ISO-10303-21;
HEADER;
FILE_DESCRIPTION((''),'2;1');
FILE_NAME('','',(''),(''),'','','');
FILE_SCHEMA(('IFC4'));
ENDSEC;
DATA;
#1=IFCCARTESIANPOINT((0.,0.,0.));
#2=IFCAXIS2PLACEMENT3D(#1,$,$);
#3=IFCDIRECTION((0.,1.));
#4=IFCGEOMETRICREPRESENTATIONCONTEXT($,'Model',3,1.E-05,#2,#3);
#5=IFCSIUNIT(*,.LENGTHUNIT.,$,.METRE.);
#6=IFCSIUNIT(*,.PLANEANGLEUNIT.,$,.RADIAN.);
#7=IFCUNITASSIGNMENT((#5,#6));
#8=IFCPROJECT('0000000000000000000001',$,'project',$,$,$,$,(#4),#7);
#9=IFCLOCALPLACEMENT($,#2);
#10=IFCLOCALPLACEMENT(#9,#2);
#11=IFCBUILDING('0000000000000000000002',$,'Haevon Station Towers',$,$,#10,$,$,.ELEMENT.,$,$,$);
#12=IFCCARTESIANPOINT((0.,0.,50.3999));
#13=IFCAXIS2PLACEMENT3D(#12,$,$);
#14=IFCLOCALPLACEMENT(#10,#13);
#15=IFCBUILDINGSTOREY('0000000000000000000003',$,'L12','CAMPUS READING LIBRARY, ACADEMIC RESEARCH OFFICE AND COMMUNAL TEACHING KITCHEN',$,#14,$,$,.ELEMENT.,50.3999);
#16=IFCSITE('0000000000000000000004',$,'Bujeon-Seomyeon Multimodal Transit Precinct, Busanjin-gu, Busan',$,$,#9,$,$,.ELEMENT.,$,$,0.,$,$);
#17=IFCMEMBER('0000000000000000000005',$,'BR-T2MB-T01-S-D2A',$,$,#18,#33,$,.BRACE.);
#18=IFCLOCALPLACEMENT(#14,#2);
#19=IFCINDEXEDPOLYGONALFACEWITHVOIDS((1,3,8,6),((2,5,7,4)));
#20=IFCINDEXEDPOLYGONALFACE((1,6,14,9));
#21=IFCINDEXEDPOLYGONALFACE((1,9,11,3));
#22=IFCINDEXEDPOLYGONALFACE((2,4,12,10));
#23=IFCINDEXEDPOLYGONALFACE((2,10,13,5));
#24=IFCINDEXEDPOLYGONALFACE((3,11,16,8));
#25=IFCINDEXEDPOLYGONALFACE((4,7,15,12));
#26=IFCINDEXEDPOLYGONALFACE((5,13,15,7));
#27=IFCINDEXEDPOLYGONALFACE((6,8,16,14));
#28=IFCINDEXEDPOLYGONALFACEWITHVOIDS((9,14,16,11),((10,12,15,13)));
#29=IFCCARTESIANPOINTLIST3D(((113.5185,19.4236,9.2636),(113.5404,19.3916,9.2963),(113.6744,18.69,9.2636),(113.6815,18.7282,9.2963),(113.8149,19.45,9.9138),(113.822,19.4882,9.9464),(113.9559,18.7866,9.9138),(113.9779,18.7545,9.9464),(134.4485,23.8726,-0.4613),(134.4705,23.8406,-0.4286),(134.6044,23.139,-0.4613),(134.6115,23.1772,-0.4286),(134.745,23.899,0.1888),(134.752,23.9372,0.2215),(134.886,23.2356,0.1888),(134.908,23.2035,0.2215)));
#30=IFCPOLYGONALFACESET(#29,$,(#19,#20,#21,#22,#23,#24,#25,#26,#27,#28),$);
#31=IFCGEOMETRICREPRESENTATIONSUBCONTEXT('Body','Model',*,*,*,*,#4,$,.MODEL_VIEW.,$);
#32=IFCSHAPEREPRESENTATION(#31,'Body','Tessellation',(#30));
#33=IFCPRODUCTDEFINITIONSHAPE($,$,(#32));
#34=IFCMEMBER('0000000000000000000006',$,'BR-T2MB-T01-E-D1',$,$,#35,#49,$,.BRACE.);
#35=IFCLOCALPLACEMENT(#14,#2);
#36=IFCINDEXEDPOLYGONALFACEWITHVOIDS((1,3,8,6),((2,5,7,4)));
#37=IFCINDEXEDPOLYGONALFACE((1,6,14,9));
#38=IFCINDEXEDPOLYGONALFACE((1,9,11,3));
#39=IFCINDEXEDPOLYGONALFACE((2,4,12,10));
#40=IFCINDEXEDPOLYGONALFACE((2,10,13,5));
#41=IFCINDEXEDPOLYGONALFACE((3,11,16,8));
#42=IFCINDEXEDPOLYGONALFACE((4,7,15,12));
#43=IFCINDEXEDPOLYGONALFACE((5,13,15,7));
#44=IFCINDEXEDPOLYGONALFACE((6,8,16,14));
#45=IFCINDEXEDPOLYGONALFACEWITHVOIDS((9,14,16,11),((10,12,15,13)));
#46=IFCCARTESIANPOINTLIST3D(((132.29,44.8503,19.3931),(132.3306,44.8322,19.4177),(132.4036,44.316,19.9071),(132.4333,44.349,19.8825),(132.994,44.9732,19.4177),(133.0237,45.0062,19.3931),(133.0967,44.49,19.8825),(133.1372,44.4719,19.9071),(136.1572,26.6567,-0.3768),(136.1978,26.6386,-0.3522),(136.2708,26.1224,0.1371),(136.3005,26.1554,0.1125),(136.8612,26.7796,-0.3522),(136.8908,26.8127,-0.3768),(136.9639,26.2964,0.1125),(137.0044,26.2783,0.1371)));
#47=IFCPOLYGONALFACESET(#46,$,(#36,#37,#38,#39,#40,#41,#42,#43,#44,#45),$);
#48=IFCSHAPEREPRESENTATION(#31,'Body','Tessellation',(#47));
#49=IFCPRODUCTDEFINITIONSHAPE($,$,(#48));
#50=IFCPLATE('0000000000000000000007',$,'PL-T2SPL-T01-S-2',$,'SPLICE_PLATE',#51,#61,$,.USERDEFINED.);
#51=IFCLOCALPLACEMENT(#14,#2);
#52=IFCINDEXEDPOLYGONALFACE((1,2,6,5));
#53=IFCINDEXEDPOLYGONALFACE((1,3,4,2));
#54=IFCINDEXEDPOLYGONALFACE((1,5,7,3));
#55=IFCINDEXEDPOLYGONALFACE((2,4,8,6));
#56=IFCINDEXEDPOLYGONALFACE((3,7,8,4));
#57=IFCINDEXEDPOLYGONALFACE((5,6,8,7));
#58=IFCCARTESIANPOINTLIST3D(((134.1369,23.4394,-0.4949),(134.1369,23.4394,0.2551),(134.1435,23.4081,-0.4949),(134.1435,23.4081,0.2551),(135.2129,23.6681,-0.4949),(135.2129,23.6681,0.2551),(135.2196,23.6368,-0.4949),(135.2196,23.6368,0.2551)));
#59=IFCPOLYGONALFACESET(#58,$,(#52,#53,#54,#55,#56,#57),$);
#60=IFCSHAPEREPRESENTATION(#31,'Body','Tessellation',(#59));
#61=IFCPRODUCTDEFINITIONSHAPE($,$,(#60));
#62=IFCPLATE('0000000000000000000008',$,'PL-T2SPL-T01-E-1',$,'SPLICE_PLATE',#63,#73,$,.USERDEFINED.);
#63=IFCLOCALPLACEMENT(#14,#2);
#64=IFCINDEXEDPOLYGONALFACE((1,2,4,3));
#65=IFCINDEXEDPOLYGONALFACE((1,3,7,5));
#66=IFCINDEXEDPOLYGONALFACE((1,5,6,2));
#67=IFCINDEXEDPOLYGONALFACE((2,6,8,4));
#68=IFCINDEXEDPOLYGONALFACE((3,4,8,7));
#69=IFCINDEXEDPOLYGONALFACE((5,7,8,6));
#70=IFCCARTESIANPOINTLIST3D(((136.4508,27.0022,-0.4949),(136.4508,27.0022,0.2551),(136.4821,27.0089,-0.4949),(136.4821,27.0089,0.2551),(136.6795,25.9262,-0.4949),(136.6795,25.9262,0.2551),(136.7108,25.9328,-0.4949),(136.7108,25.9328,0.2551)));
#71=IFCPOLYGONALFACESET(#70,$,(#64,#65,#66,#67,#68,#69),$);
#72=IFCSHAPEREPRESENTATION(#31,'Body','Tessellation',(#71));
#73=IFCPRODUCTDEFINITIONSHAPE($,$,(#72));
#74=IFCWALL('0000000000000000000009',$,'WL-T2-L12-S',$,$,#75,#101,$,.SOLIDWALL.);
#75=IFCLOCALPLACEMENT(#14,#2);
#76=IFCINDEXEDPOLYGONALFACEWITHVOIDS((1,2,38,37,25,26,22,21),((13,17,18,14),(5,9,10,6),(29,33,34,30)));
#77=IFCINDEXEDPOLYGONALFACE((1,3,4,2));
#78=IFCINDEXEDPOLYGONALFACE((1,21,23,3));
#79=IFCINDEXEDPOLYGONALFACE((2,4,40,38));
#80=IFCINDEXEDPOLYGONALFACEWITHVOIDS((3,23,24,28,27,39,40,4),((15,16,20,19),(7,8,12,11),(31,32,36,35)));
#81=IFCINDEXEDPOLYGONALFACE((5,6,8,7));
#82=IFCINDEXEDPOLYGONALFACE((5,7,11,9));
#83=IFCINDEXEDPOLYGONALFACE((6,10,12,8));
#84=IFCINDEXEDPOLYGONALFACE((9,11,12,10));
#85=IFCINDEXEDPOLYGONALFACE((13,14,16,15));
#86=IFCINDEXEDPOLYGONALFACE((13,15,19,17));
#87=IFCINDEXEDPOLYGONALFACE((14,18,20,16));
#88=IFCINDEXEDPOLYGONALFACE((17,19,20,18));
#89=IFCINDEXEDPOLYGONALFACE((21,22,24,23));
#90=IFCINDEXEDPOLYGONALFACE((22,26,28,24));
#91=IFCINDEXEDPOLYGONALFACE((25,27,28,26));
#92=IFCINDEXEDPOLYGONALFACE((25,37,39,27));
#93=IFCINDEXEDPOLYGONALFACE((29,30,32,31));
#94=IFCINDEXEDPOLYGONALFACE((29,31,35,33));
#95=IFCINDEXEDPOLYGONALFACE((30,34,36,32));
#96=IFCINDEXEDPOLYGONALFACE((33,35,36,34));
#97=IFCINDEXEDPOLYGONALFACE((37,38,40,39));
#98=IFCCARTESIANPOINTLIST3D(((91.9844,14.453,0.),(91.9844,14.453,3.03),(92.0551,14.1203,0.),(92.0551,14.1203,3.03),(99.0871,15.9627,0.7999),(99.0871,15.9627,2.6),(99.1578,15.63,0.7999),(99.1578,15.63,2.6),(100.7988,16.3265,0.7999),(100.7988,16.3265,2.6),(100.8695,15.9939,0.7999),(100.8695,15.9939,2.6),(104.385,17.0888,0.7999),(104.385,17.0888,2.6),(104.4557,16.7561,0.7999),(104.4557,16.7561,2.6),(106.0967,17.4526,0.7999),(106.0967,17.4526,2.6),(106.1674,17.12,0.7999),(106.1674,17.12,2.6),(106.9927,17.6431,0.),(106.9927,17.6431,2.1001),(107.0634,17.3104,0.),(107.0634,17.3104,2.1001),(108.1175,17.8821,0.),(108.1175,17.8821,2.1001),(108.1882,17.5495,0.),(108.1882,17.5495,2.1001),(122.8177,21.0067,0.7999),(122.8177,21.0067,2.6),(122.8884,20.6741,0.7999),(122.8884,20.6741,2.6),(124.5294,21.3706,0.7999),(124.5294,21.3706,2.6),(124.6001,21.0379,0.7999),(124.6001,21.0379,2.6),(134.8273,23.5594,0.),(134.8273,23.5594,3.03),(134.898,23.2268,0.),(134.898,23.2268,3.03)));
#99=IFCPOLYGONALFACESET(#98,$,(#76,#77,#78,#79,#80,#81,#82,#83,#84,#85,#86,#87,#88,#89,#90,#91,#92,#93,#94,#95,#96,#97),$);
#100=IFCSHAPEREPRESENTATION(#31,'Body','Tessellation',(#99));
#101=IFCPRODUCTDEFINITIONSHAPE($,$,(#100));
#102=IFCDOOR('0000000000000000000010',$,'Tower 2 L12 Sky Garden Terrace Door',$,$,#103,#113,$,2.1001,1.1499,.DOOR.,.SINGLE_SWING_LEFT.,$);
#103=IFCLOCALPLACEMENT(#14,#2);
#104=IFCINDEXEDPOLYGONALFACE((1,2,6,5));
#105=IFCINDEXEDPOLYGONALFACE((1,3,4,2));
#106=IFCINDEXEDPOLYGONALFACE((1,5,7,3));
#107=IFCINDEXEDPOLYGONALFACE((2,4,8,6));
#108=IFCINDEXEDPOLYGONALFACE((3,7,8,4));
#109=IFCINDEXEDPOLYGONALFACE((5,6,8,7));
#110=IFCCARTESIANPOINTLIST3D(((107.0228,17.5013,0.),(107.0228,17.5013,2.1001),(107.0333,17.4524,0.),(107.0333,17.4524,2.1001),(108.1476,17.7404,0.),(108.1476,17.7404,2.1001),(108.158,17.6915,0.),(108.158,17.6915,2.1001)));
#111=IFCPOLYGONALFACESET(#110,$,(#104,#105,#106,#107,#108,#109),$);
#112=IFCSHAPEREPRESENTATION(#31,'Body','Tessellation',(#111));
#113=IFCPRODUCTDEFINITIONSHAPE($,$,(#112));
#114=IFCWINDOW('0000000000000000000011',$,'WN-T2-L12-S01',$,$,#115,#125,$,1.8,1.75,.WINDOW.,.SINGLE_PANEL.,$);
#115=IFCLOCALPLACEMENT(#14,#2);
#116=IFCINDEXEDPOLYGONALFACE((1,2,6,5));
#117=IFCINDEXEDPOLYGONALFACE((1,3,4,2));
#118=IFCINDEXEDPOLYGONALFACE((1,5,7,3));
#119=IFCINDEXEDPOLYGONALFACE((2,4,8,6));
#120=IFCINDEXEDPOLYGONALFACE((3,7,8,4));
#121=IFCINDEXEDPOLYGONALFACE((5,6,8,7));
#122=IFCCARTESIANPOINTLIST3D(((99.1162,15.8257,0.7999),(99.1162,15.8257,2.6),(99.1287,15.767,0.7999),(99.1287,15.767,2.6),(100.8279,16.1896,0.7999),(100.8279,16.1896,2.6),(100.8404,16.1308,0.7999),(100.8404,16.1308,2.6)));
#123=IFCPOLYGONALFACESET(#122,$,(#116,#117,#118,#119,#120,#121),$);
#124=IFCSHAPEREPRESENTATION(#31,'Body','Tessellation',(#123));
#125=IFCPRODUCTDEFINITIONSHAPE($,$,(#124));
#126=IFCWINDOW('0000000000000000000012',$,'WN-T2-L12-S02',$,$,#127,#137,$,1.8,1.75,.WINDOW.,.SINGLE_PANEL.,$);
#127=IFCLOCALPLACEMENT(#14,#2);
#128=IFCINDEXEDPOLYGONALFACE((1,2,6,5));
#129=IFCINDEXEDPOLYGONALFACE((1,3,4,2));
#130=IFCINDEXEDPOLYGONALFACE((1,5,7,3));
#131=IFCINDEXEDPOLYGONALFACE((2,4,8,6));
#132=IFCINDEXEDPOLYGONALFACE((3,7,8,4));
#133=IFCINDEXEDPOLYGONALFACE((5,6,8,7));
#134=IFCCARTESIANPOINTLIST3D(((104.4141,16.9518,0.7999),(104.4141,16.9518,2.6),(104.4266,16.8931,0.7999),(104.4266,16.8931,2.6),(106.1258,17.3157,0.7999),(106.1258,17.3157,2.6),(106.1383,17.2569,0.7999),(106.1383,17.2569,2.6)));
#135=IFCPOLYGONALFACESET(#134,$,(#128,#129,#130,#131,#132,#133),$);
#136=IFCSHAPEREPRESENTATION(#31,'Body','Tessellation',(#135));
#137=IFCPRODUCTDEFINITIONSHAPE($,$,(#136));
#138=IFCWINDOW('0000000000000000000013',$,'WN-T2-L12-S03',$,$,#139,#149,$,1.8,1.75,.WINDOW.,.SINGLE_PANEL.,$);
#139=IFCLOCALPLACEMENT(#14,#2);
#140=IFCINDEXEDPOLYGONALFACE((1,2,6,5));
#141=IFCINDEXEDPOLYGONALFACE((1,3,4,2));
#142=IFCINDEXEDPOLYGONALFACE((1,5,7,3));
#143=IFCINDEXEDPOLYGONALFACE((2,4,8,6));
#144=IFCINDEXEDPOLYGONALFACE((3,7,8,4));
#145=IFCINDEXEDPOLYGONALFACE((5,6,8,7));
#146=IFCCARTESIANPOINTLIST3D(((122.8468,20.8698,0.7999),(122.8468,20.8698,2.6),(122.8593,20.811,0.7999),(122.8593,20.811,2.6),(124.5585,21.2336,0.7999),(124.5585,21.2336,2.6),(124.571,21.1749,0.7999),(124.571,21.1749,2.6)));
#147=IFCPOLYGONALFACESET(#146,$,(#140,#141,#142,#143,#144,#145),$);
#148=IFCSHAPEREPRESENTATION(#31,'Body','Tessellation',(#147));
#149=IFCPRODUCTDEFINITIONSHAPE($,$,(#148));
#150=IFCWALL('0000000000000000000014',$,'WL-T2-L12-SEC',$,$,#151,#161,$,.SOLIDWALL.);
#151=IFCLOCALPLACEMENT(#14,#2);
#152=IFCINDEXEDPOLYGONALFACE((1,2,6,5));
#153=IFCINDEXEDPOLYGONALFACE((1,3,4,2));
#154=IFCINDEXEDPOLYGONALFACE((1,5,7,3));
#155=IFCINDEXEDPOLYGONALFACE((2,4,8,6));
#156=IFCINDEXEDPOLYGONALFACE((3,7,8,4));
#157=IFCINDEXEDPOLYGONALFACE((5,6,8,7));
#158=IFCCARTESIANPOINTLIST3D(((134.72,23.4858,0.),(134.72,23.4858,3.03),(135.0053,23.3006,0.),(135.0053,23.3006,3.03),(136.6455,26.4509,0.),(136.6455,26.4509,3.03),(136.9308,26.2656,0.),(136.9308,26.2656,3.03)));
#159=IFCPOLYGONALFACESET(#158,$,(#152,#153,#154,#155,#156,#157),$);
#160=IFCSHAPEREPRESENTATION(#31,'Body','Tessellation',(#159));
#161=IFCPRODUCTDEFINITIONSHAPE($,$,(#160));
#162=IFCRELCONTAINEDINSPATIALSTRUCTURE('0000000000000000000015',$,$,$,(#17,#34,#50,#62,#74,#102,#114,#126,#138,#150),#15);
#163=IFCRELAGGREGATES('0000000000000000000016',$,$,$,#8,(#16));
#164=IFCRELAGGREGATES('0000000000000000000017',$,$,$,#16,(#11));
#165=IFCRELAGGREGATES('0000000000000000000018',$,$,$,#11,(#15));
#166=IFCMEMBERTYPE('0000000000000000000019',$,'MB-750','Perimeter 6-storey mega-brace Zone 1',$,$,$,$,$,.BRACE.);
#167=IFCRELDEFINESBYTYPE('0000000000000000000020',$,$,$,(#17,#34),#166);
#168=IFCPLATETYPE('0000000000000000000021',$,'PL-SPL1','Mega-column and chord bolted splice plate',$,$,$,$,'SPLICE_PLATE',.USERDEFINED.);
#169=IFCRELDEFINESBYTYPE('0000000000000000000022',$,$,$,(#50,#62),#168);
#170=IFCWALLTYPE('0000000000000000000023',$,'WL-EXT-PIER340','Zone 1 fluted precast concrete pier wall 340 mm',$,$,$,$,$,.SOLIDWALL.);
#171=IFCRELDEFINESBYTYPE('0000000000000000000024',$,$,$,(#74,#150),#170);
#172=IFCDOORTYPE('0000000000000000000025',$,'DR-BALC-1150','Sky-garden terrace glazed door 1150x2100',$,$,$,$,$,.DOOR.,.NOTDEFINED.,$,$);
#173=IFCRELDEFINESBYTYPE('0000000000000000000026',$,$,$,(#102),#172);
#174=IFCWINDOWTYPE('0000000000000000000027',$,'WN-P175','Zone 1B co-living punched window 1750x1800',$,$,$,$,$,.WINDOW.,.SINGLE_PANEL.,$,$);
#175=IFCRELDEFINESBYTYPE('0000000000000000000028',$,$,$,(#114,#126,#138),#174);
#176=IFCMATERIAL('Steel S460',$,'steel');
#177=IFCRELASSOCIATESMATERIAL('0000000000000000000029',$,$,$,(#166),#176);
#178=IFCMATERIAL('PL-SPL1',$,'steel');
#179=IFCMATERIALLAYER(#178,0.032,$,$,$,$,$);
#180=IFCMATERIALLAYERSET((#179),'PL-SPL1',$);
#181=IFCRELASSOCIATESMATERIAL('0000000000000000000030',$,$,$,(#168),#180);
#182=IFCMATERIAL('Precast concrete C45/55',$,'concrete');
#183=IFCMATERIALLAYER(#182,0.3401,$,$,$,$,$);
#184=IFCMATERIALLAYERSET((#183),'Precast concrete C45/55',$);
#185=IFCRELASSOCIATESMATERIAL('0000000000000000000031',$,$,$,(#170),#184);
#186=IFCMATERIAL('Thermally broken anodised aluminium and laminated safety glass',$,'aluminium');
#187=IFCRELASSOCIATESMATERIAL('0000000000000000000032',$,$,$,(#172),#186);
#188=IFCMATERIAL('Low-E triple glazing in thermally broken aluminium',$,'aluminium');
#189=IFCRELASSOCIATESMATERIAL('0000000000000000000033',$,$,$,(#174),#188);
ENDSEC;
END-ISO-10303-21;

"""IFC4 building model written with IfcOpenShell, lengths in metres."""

from ifc_helpers import new_model, si_unit, direction, frame, frame_2d, origin, origin_2d, place, context, subcontext, project, spatial, rectangle, hollow_rectangle, extrude, material, layer, layer_set, material_profile, profile_set, type_object, element, fill, save


model = new_model("IFC4")

# Units and contexts
model_context = context("Model", 3, precision=1e-05, world=origin(), true_north=direction((0.0, 1.0)))
body_context = subcontext(model_context, "Body", "Model", "MODEL_VIEW")
ifc_project = project(units=[si_unit("LENGTHUNIT", "METRE"), si_unit("PLANEANGLEUNIT", "RADIAN")], contexts=[model_context])

# Site, building, storey
site_placement = place(None, origin())
site = spatial("IfcSite", under=ifc_project, at=site_placement, Name="Bujeon-Seomyeon Multimodal Transit Precinct, Busanjin-gu, Busan", CompositionType="ELEMENT", RefElevation=0.0)
building_placement = place(site_placement, origin())
building = spatial("IfcBuilding", under=site, at=building_placement, Name="Haevon Station Towers", CompositionType="ELEMENT")
storey_placement = place(building_placement, frame((0.0, 0.0, 50.3999)))
storey = spatial("IfcBuildingStorey", under=building, at=storey_placement, Name="L12", Description="CAMPUS READING LIBRARY, ACADEMIC RESEARCH OFFICE AND COMMUNAL TEACHING KITCHEN", CompositionType="ELEMENT", Elevation=50.3999)

# Shared definitions
ifc_material_1 = material(Name="Steel S460", Category="steel")

# Members
ifc_material_profile_1 = material_profile(ifc_material_1, hollow_rectangle(XDim=0.75, YDim=0.75, WallThickness=0.0359, at=origin_2d()), Name="RHS-750x750x36")
ifc_profile_set_1 = profile_set([ifc_material_profile_1], Name="Steel S460")
member_type = type_object("IfcMemberType", Name="MB-750", Description="Perimeter 6-storey mega-brace Zone 1", PredefinedType="BRACE", material=ifc_profile_set_1)
member_1_placement = place(storey_placement, frame((134.6782, 23.5381, -0.1199), z_axis=(-0.890492, -0.189288, 0.413757), x_axis=(0.20792, -0.978146, 0.0)))
element("IfcMember", 1, at=member_1_placement, inside=storey, type_object=member_type, Name="BR-T2MB-T01-S-D2A", PredefinedType="BRACE", context=body_context, shape_type="SweptSolid", body=[
    extrude(hollow_rectangle(XDim=0.75, YDim=0.75, WallThickness=0.0359, at=origin_2d()), origin(), (0.0, 0.0, 1.0), 23.5039),
])
member_2_placement = place(storey_placement, frame((136.5808, 26.4675, -0.1199), z_axis=(-0.142467, 0.670254, 0.728329), x_axis=(-0.978147, -0.207913, 0.0)))
element("IfcMember", 2, at=member_2_placement, inside=storey, type_object=member_type, Name="BR-T2MB-T01-E-D1", PredefinedType="BRACE", context=body_context, shape_type="SweptSolid", body=[
    extrude(hollow_rectangle(XDim=0.75, YDim=0.75, WallThickness=0.0359, at=origin_2d()), origin(), (0.0, 0.0, 1.0), 27.1443),
])

# Plates
ifc_material_2 = material(Name="PL-SPL1", Category="steel")
ifc_layer_1 = layer(ifc_material_2, 0.032)
ifc_layer_set_1 = layer_set([ifc_layer_1], Name="PL-SPL1")
plate_type = type_object("IfcPlateType", Name="PL-SPL1", Description="Mega-column and chord bolted splice plate", ElementType="SPLICE_PLATE", PredefinedType="USERDEFINED", material=ifc_layer_set_1)
for number, where, z_axis, x_axis, name in (
    (3, (134.6782, 23.5381, -0.4949), (0.0, 0.0, 1.0), (0.978148, 0.207912, 0.0), "PL-T2SPL-T01-S-2"),
    (4, (136.5808, 26.4675, -0.4949), (0.0, 0.0, 1.0), (-0.207912, 0.978148, 0.0), "PL-T2SPL-T01-E-1"),
):
    element("IfcPlate", number, at=place(storey_placement, frame(where, z_axis=z_axis, x_axis=x_axis)), inside=storey, type_object=plate_type, Name=name, ObjectType="SPLICE_PLATE", PredefinedType="USERDEFINED", context=body_context, shape_type="SweptSolid", body=[
        extrude(rectangle(XDim=1.1001, YDim=0.032, at=origin_2d()), origin(), (0.0, 0.0, 1.0), 0.75),
    ])

# Wall, openings, door, windows
ifc_material_3 = material(Name="Precast concrete C45/55", Category="concrete")
ifc_layer_2 = layer(ifc_material_3, 0.3401)
ifc_layer_set_2 = layer_set([ifc_layer_2], Name="Precast concrete C45/55")
wall_type_1 = type_object("IfcWallType", Name="WL-EXT-PIER340", Description="Zone 1 fluted precast concrete pier wall 340 mm", PredefinedType="SOLIDWALL", material=ifc_layer_set_2)
wall_1_placement = place(storey_placement, frame((134.8625, 23.3931, 0.0), z_axis=(0.0, 0.0, 1.0), x_axis=(-0.978148, -0.207909, 0.0)))
wall_1 = element("IfcWall", 5, at=wall_1_placement, inside=storey, type_object=wall_type_1, Name="WL-T2-L12-S", PredefinedType="SOLIDWALL", context=body_context, shape_type="SweptSolid", body=[
    extrude(rectangle(XDim=43.8, YDim=0.3401, at=frame_2d((21.8999, 0.0))), origin(), (0.0, 0.0, 1.0), 3.03),
])
opening_1_placement = place(wall_1_placement, frame((27.3064, 0.0, 0.0)))
opening_1 = element("IfcOpeningElement", 6, at=opening_1_placement, cuts=wall_1, PredefinedType="OPENING", context=body_context, shape_type="SweptSolid", body=[
    extrude(rectangle(XDim=1.1499, YDim=2.1001, at=frame_2d((0.575, 1.05))), frame((0.0, 0.1799, 0.0), z_axis=(0.0, -1.0, 0.0), x_axis=(1.0, 0.0, 0.0)), (0.0, 0.0, 1.0), 0.3601),
])
opening_2_placement = place(wall_1_placement, frame((34.7886, 0.0, 0.8)))
opening_2 = element("IfcOpeningElement", 7, at=opening_2_placement, cuts=wall_1, PredefinedType="OPENING", context=body_context, shape_type="SweptSolid", body=[
    extrude(rectangle(XDim=1.75, YDim=1.8, at=frame_2d((0.875, 0.8999))), frame((0.0, 0.1799, 0.0), z_axis=(0.0, -1.0, 0.0), x_axis=(1.0, 0.0, 0.0)), (0.0, 0.0, 1.0), 0.3601),
])
opening_3_placement = place(wall_1_placement, frame((29.3723, 0.0, 0.8)))
opening_3 = element("IfcOpeningElement", 8, at=opening_3_placement, cuts=wall_1, PredefinedType="OPENING", context=body_context, shape_type="SweptSolid", body=[
    extrude(rectangle(XDim=1.75, YDim=1.8, at=frame_2d((0.875, 0.8999))), frame((0.0, 0.1799, 0.0), z_axis=(0.0, -1.0, 0.0), x_axis=(1.0, 0.0, 0.0)), (0.0, 0.0, 1.0), 0.3601),
])
opening_4_placement = place(wall_1_placement, frame((10.5278, 0.0, 0.8)))
opening_4 = element("IfcOpeningElement", 9, at=opening_4_placement, cuts=wall_1, PredefinedType="OPENING", context=body_context, shape_type="SweptSolid", body=[
    extrude(rectangle(XDim=1.75, YDim=1.8, at=frame_2d((0.875, 0.8999))), frame((0.0, 0.1799, 0.0), z_axis=(0.0, -1.0, 0.0), x_axis=(1.0, 0.0, 0.0)), (0.0, 0.0, 1.0), 0.3601),
])
ifc_material_4 = material(Name="Thermally broken anodised aluminium and laminated safety glass", Category="aluminium")
door_type_1 = type_object("IfcDoorType", Name="DR-BALC-1150", Description="Sky-garden terrace glazed door 1150x2100", OperationType="NOTDEFINED", PredefinedType="DOOR", material=ifc_material_4)
door_1_placement = place(opening_1_placement, origin())
door_1 = element("IfcDoor", 10, at=door_1_placement, inside=storey, type_object=door_type_1, Name="Tower 2 L12 Sky Garden Terrace Door", OperationType="SINGLE_SWING_LEFT", OverallHeight=2.1001, OverallWidth=1.1499, PredefinedType="DOOR", context=body_context, shape_type="SweptSolid", body=[
    extrude(rectangle(XDim=1.1499, YDim=2.1001, at=frame_2d((0.575, 1.05))), frame((0.0, 0.0249, 0.0), z_axis=(0.0, -1.0, 0.0), x_axis=(1.0, 0.0, 0.0)), (0.0, 0.0, 1.0), 0.05),
])
fill(opening_1, door_1)
ifc_material_5 = material(Name="Low-E triple glazing in thermally broken aluminium", Category="aluminium")
window_type = type_object("IfcWindowType", Name="WN-P175", Description="Zone 1B co-living punched window 1750x1800", PartitioningType="SINGLE_PANEL", PredefinedType="WINDOW", material=ifc_material_5)
window_1_placement = place(opening_2_placement, origin())
window_1 = element("IfcWindow", 11, at=window_1_placement, inside=storey, type_object=window_type, Name="WN-T2-L12-S01", OverallHeight=1.8, OverallWidth=1.75, PartitioningType="SINGLE_PANEL", PredefinedType="WINDOW", context=body_context, shape_type="SweptSolid", body=[
    extrude(rectangle(XDim=1.75, YDim=1.8, at=frame_2d((0.875, 0.8999))), frame((0.0, 0.03, 0.0), z_axis=(0.0, -1.0, 0.0), x_axis=(1.0, 0.0, 0.0)), (0.0, 0.0, 1.0), 0.0601),
])
fill(opening_2, window_1)
window_2_placement = place(opening_3_placement, origin())
window_2 = element("IfcWindow", 12, at=window_2_placement, inside=storey, type_object=window_type, Name="WN-T2-L12-S02", OverallHeight=1.8, OverallWidth=1.75, PartitioningType="SINGLE_PANEL", PredefinedType="WINDOW", context=body_context, shape_type="SweptSolid", body=[
    extrude(rectangle(XDim=1.75, YDim=1.8, at=frame_2d((0.875, 0.8999))), frame((0.0, 0.03, 0.0), z_axis=(0.0, -1.0, 0.0), x_axis=(1.0, 0.0, 0.0)), (0.0, 0.0, 1.0), 0.0601),
])
fill(opening_3, window_2)
window_3_placement = place(opening_4_placement, origin())
window_3 = element("IfcWindow", 13, at=window_3_placement, inside=storey, type_object=window_type, Name="WN-T2-L12-S03", OverallHeight=1.8, OverallWidth=1.75, PartitioningType="SINGLE_PANEL", PredefinedType="WINDOW", context=body_context, shape_type="SweptSolid", body=[
    extrude(rectangle(XDim=1.75, YDim=1.8, at=frame_2d((0.875, 0.8999))), frame((0.0, 0.03, 0.0), z_axis=(0.0, -1.0, 0.0), x_axis=(1.0, 0.0, 0.0)), (0.0, 0.0, 1.0), 0.0601),
])
fill(opening_4, window_3)

# Wall
wall_2_placement = place(storey_placement, frame((136.7881, 26.3582, 0.0), z_axis=(0.0, 0.0, 1.0), x_axis=(-0.544636, -0.838672, 0.0)))
element("IfcWall", 14, at=wall_2_placement, inside=storey, type_object=wall_type_1, Name="WL-T2-L12-SEC", PredefinedType="SOLIDWALL", context=body_context, shape_type="SweptSolid", body=[
    extrude(rectangle(XDim=3.5354, YDim=0.3401, at=frame_2d((1.7676, 0.0))), origin(), (0.0, 0.0, 1.0), 3.03),
])

save(model, "model.ifc")
